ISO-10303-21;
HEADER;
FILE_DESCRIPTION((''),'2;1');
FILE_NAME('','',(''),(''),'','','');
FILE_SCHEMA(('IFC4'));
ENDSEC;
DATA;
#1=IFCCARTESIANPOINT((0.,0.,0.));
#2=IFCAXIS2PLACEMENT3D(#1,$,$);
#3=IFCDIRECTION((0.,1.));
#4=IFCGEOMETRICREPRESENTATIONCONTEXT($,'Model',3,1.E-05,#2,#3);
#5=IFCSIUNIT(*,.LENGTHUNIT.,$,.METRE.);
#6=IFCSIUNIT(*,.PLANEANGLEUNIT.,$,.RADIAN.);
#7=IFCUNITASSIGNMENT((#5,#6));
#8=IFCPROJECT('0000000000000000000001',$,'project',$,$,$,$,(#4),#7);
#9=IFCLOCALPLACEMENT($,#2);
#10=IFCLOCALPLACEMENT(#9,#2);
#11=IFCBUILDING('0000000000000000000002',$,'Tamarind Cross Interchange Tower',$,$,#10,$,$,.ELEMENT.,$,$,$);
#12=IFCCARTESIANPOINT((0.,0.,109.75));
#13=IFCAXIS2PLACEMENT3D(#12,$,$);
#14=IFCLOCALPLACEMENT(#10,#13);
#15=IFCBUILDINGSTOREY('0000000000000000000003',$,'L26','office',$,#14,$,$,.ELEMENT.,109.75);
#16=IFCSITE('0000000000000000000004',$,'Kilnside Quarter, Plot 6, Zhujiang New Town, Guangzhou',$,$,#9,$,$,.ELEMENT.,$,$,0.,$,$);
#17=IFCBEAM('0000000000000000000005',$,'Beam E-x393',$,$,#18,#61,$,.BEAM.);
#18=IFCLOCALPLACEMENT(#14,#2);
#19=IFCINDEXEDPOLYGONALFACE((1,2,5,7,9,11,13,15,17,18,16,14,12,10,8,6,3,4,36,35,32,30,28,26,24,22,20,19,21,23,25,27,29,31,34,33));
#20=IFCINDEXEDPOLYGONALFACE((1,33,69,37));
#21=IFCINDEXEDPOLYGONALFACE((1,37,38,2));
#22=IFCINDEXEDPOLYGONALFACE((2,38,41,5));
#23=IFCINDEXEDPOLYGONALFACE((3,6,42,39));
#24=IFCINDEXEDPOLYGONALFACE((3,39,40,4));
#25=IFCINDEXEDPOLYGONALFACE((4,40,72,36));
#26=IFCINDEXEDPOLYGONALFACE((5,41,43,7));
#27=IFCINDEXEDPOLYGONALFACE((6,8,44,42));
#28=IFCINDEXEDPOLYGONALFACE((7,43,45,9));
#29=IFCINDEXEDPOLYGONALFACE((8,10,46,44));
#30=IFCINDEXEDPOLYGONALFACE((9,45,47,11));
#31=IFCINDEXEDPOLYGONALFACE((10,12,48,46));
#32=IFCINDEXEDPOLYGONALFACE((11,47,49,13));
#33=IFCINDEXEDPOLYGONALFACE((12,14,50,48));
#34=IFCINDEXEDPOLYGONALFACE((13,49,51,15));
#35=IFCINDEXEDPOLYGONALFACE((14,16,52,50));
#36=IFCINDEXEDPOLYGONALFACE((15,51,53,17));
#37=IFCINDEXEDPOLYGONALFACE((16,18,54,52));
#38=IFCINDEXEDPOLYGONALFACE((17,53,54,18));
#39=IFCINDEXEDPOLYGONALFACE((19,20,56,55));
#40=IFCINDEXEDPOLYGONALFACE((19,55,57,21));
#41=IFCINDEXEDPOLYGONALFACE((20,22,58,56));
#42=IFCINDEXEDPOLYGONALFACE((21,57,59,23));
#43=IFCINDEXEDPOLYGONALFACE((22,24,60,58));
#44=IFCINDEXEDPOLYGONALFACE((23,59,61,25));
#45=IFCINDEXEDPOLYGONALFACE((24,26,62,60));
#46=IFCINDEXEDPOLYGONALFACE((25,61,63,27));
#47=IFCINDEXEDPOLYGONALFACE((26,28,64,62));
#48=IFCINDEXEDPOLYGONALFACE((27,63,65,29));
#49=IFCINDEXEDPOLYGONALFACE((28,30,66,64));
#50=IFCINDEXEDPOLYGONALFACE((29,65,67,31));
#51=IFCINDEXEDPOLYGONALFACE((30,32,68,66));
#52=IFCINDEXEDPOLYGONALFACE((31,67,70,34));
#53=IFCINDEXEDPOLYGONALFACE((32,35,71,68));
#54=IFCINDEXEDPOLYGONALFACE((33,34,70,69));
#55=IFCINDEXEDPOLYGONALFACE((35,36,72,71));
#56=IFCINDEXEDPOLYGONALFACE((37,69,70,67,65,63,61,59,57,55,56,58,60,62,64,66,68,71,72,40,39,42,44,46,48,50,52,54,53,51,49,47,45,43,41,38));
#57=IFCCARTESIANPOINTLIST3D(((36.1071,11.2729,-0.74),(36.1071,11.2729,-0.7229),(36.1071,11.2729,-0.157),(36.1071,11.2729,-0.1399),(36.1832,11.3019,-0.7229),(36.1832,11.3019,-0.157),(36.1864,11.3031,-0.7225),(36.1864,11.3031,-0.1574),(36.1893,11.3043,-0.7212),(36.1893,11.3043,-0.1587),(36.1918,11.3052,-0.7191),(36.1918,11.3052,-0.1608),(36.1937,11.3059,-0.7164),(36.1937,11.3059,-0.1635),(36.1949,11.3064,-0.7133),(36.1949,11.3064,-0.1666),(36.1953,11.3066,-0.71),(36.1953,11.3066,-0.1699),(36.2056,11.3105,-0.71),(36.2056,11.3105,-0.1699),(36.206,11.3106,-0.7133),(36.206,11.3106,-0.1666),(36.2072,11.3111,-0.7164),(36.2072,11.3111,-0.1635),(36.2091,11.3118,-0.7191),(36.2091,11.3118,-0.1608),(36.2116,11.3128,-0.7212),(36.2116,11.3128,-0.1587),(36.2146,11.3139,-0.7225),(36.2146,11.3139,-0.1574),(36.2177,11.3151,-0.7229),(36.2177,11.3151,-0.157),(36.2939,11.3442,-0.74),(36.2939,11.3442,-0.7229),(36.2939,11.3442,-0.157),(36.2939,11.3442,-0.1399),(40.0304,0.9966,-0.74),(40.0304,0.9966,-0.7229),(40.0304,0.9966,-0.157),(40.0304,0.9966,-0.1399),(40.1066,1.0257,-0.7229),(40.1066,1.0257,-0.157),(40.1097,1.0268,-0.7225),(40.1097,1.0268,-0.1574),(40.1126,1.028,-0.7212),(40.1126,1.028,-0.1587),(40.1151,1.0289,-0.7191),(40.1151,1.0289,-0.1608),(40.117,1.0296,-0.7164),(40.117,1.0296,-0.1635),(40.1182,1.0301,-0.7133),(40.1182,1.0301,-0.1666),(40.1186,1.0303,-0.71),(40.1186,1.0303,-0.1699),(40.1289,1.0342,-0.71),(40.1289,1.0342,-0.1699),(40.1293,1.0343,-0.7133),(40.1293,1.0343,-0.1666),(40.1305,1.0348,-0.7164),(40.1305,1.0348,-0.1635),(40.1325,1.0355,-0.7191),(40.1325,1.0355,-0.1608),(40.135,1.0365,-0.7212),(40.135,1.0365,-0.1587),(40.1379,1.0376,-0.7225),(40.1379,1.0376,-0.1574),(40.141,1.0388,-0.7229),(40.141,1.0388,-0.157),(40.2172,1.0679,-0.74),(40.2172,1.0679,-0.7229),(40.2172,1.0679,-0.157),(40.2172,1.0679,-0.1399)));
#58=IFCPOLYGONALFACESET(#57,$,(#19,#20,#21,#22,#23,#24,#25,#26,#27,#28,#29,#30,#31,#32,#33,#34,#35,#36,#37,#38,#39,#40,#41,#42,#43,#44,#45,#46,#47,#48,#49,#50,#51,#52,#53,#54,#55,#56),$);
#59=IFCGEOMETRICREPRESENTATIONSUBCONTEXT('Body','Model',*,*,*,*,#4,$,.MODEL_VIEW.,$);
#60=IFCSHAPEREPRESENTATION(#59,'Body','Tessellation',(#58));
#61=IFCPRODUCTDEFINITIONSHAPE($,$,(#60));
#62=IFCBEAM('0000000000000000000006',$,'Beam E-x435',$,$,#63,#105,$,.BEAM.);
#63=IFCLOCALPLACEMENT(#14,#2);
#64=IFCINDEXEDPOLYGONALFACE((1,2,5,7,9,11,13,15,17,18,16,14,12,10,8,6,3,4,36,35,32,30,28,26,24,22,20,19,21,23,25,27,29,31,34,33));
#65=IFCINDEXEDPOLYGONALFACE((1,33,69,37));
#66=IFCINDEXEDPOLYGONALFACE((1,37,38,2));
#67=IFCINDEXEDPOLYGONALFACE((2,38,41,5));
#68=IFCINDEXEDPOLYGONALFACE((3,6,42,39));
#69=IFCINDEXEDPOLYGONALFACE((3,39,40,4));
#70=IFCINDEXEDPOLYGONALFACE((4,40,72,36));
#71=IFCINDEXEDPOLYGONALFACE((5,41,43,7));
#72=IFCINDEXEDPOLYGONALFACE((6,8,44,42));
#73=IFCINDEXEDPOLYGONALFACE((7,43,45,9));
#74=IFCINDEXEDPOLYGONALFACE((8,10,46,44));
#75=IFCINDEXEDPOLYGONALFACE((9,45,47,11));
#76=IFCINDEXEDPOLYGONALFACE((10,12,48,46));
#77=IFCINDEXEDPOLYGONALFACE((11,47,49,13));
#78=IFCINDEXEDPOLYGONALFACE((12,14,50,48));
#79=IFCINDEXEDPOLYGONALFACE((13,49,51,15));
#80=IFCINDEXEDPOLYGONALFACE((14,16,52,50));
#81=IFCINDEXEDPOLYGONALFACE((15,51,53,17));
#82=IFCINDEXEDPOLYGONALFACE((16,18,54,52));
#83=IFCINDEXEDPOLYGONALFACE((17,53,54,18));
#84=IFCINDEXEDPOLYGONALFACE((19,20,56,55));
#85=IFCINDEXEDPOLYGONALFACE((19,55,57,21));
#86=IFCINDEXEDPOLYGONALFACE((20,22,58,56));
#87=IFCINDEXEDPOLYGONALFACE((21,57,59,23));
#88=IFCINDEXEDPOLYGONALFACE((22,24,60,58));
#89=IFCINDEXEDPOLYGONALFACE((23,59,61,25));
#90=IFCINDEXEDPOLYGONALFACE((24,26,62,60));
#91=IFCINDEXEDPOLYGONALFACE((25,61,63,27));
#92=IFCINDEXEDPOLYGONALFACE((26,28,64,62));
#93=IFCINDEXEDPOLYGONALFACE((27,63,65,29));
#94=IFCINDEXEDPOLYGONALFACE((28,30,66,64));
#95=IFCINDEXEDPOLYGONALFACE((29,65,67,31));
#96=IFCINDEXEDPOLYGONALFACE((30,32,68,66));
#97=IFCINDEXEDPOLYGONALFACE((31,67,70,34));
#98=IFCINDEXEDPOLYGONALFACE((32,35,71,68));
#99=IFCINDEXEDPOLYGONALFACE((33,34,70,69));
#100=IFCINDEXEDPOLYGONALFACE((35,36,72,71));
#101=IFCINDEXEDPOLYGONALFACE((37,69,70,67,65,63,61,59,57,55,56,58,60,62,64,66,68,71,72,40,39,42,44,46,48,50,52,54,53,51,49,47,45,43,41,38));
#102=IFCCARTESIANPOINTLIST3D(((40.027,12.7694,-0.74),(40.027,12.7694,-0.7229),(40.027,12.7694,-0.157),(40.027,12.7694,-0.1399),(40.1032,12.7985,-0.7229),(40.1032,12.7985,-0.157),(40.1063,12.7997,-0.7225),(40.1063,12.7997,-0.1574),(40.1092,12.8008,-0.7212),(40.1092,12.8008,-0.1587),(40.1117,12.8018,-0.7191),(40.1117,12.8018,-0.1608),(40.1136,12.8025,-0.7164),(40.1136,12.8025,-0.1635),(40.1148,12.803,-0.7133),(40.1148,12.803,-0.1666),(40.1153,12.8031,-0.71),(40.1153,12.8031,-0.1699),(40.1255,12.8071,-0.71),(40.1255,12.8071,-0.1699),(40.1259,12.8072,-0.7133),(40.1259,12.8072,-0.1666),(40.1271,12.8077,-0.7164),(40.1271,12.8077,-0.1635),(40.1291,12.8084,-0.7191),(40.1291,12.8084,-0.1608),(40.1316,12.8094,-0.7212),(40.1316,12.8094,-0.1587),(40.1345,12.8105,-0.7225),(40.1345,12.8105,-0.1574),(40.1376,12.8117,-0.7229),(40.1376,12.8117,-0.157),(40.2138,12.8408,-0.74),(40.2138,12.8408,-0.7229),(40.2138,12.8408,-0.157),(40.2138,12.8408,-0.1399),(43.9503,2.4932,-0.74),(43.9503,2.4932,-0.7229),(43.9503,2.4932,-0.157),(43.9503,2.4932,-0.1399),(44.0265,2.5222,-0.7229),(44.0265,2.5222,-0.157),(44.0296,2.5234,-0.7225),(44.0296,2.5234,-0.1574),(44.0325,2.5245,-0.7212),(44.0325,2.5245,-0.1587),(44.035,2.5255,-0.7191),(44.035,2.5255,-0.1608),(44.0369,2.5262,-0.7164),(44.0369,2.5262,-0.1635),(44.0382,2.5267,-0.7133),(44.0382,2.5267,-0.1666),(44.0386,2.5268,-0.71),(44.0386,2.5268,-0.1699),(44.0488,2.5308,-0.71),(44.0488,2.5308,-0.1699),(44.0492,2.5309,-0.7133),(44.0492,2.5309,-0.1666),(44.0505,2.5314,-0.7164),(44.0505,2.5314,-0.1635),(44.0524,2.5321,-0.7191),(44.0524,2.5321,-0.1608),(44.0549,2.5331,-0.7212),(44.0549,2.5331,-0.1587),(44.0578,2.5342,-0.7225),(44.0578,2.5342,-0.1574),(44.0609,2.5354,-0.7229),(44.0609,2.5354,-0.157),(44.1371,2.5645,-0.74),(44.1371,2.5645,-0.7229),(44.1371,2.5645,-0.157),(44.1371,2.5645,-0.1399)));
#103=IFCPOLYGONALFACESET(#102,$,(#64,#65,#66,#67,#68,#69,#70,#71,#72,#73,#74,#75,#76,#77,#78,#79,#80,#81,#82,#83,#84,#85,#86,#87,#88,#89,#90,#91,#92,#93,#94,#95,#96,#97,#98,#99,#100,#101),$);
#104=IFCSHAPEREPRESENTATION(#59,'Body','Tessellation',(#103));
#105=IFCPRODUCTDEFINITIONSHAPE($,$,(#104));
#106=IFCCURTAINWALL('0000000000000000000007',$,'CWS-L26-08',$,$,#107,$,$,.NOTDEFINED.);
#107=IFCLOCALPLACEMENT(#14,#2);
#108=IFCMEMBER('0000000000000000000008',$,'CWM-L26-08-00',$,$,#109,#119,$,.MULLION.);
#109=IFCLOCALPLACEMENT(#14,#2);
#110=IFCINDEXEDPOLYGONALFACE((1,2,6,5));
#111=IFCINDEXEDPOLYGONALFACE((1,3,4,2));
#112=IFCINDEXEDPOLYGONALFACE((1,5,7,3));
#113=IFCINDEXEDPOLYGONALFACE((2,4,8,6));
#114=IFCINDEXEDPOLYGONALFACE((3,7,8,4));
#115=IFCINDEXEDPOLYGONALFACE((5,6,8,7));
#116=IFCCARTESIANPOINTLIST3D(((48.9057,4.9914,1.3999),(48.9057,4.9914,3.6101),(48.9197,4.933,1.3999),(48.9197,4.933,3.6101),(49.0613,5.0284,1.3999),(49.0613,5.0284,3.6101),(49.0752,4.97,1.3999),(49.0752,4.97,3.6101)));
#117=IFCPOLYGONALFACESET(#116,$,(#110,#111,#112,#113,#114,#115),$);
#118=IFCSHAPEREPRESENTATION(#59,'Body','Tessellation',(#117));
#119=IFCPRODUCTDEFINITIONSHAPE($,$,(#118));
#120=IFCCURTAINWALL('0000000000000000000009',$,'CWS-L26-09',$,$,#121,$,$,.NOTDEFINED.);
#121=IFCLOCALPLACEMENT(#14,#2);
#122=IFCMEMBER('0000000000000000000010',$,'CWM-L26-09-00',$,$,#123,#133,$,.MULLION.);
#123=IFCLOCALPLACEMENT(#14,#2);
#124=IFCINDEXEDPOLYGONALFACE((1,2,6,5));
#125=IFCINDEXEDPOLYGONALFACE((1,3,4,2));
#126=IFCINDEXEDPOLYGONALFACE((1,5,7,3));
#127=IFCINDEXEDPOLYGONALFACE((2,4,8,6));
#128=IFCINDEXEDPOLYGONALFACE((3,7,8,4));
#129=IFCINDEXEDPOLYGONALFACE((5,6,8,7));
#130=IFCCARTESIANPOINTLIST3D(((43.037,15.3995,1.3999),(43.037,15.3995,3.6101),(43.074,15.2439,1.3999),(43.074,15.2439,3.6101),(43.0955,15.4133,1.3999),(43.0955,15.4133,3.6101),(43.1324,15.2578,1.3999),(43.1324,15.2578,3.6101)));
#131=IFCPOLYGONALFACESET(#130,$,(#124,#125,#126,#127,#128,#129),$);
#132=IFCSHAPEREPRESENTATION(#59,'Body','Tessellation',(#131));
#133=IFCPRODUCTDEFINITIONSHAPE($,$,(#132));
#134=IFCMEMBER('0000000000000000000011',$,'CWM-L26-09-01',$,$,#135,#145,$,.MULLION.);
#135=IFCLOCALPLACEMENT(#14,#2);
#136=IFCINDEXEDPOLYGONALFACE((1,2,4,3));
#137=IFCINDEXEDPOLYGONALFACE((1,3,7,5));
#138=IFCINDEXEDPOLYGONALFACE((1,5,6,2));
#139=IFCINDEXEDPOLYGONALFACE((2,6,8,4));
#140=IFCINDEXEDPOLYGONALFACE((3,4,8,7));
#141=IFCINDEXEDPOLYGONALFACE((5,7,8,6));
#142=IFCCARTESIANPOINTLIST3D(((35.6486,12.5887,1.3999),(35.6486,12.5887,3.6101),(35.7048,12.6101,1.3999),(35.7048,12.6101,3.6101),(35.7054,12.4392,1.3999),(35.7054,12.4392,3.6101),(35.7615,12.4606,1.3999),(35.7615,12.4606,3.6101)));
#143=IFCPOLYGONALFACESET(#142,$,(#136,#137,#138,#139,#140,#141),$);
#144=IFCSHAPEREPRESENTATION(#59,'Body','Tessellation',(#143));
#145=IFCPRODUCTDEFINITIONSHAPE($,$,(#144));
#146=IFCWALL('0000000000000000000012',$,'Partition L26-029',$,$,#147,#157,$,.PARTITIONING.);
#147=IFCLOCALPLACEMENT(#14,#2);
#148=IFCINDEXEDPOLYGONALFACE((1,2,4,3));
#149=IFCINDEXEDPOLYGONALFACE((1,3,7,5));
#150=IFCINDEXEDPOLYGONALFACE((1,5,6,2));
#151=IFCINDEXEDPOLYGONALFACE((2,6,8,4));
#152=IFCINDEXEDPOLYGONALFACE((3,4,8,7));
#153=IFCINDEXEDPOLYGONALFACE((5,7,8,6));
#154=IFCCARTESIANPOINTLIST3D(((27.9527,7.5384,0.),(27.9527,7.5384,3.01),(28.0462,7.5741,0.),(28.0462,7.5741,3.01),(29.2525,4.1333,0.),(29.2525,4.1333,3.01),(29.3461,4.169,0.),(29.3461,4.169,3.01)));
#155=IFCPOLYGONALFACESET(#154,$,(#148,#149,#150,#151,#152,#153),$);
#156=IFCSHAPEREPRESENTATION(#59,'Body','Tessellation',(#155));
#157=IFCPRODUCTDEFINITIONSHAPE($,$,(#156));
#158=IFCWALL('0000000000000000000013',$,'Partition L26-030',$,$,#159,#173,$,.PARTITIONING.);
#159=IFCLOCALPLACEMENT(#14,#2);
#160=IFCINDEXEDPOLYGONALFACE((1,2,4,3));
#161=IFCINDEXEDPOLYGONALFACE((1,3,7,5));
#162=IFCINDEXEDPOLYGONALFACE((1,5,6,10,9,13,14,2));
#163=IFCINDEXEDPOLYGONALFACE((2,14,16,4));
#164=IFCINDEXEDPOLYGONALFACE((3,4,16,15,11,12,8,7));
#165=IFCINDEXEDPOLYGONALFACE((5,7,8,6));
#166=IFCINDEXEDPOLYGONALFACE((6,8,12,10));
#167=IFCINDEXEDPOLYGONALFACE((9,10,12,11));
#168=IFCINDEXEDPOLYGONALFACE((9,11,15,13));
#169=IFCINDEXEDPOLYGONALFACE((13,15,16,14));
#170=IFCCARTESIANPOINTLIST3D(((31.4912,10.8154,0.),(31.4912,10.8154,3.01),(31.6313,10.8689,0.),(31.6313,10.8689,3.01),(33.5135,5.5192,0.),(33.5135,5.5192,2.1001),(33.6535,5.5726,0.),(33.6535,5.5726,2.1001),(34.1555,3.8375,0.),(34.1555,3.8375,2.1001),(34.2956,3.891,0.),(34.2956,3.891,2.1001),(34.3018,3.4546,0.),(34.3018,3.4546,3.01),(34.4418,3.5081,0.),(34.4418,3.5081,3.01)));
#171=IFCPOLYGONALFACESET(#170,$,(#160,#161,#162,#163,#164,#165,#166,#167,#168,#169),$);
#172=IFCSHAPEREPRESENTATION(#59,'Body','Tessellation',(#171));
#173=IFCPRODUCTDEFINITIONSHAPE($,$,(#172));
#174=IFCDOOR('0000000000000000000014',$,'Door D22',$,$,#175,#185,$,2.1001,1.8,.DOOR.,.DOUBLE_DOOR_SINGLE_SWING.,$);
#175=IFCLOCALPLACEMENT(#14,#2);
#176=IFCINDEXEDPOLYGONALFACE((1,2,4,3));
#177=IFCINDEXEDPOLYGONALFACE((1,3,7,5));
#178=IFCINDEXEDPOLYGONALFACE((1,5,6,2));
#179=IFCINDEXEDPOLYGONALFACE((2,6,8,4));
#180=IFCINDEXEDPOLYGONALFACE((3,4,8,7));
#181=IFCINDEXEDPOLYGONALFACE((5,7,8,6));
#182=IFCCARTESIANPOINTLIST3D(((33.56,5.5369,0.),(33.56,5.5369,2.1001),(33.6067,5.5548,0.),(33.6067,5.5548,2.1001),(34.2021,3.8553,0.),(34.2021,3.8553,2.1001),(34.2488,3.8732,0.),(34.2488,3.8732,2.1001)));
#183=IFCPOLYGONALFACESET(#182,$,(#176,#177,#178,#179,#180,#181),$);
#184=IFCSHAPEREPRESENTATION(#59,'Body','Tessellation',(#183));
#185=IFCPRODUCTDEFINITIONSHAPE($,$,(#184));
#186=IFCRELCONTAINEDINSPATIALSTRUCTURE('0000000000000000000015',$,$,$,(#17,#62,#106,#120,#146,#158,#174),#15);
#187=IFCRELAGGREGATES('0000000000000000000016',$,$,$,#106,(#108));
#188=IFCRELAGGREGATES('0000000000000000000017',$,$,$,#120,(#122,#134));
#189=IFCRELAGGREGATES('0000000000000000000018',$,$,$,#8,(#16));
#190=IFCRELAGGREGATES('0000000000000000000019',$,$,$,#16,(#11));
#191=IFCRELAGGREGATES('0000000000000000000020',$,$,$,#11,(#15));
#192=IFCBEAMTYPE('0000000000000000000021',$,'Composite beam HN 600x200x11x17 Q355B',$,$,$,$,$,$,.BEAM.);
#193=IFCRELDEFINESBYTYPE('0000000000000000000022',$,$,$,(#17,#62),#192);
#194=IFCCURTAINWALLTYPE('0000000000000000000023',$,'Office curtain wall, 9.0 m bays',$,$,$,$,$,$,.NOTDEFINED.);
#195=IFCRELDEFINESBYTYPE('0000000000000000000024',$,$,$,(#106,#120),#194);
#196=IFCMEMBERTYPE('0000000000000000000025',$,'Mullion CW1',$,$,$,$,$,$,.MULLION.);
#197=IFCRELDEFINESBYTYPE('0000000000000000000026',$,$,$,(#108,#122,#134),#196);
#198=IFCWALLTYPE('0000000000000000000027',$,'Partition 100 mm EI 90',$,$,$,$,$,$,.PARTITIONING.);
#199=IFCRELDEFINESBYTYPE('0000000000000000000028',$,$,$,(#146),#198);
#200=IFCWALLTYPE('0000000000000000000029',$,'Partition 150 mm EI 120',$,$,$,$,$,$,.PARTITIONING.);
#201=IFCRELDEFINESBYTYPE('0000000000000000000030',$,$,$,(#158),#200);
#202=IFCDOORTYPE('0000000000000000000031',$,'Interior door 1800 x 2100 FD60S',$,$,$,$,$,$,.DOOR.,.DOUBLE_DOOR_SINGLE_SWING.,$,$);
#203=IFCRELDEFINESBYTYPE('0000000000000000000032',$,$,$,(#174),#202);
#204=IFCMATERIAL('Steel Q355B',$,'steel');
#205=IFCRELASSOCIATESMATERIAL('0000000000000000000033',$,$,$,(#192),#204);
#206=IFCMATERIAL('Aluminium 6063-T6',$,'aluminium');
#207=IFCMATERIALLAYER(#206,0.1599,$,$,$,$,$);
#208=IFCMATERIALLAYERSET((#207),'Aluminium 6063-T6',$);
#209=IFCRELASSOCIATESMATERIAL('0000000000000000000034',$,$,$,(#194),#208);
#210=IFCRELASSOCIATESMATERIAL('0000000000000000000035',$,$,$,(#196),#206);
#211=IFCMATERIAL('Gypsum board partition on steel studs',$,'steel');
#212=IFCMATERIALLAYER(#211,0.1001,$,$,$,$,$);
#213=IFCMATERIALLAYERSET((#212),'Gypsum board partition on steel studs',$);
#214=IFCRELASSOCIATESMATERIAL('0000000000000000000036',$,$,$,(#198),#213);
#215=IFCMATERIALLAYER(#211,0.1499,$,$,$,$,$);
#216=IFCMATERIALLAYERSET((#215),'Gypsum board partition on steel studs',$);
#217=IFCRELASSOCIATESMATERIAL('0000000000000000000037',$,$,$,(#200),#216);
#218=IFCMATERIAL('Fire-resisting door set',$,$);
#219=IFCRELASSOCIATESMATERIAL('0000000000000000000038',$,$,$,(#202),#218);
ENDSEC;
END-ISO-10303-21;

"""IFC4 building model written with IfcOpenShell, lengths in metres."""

from ifc_helpers import new_model, si_unit, direction, frame, frame_2d, origin, origin_2d, place, context, subcontext, project, spatial, rectangle, i_section, extrude, material, layer, layer_set, material_profile, profile_set, type_object, element, fill, aggregate, save


model = new_model("IFC4")

# Units and contexts
model_context = context("Model", 3, precision=1e-05, world=origin(), true_north=direction((0.0, 1.0)))
body_context = subcontext(model_context, "Body", "Model", "MODEL_VIEW")
ifc_project = project(units=[si_unit("LENGTHUNIT", "METRE"), si_unit("PLANEANGLEUNIT", "RADIAN")], contexts=[model_context])

# Site, building, storey
site_placement = place(None, origin())
site = spatial("IfcSite", under=ifc_project, at=site_placement, Name="Kilnside Quarter, Plot 6, Zhujiang New Town, Guangzhou", CompositionType="ELEMENT", RefElevation=0.0)
building_placement = place(site_placement, origin())
building = spatial("IfcBuilding", under=site, at=building_placement, Name="Tamarind Cross Interchange Tower", CompositionType="ELEMENT")
storey_placement = place(building_placement, frame((0.0, 0.0, 109.75)))
storey = spatial("IfcBuildingStorey", under=building, at=storey_placement, Name="L26", Description="office", CompositionType="ELEMENT", Elevation=109.75)

# Beams
ifc_material_1 = material(Name="Steel Q355B", Category="steel")
ifc_material_profile_1 = material_profile(ifc_material_1, i_section(OverallWidth=0.2, OverallDepth=0.6001, WebThickness=0.011, FlangeThickness=0.0171, FilletRadius=0.0129, at=origin_2d()), Name="HN 600x200x11x17")
ifc_profile_set_1 = profile_set([ifc_material_profile_1], Name="Steel Q355B")
beam_type_1 = type_object("IfcBeamType", Name="Composite beam HN 600x200x11x17 Q355B", PredefinedType="BEAM", material=ifc_profile_set_1)
for number, where, z_axis, x_axis, name in (
    (1, (40.1238, 1.0322, -0.4399), (-0.356673, 0.934229, 0.0), (-0.934229, -0.356673, 0.0), "Beam E-x393"),
    (2, (44.0437, 2.5288, -0.4399), (-0.356673, 0.934229, 0.0), (-0.934229, -0.356673, 0.0), "Beam E-x435"),
):
    element("IfcBeam", number, at=place(storey_placement, frame(where, z_axis=z_axis, x_axis=x_axis)), inside=storey, type_object=beam_type_1, Name=name, PredefinedType="BEAM", context=body_context, shape_type="SweptSolid", body=[
        extrude(i_section(OverallWidth=0.2, OverallDepth=0.6001, WebThickness=0.011, FlangeThickness=0.0171, FilletRadius=0.0129, at=origin_2d()), origin(), (0.0, 0.0, 1.0), 10.9998),
    ])

# Curtain wall, member
ifc_material_2 = material(Name="Aluminium 6063-T6", Category="aluminium")
ifc_layer_1 = layer(ifc_material_2, 0.1599)
ifc_layer_set_1 = layer_set([ifc_layer_1], Name="Aluminium 6063-T6")
curtain_wall_type = type_object("IfcCurtainWallType", Name="Office curtain wall, 9.0 m bays", PredefinedType="NOTDEFINED", material=ifc_layer_set_1)
curtain_wall_1_placement = place(storey_placement, origin())
curtain_wall_1 = element("IfcCurtainWall", 3, at=curtain_wall_1_placement, inside=storey, type_object=curtain_wall_type, Name="CWS-L26-08", PredefinedType="NOTDEFINED")
ifc_material_profile_2 = material_profile(ifc_material_2, rectangle(XDim=0.0601, YDim=0.1599, at=origin_2d()), Name="Mullion CW1")
ifc_profile_set_2 = profile_set([ifc_material_profile_2], Name="Aluminium 6063-T6")
member_type = type_object("IfcMemberType", Name="Mullion CW1", PredefinedType="MULLION", material=ifc_profile_set_2)
member_1_placement = place(storey_placement, frame((48.9905, 4.9807, 1.3999), z_axis=(0.0, 0.0, 1.0), x_axis=(-0.23168, 0.972792, 0.0)))
member_1 = element("IfcMember", 4, at=member_1_placement, type_object=member_type, Name="CWM-L26-08-00", PredefinedType="MULLION", context=body_context, shape_type="SweptSolid", body=[
    extrude(rectangle(XDim=0.0601, YDim=0.1599, at=origin_2d()), origin(), (0.0, 0.0, 1.0), 2.2102),
])
aggregate(curtain_wall_1, [member_1])

# Curtain wall, members
curtain_wall_2_placement = place(storey_placement, origin())
curtain_wall_2 = element("IfcCurtainWall", 5, at=curtain_wall_2_placement, inside=storey, type_object=curtain_wall_type, Name="CWS-L26-09", PredefinedType="NOTDEFINED")
member_2_placement = place(storey_placement, frame((43.0847, 15.3286, 1.3999), z_axis=(0.0, 0.0, 1.0), x_axis=(-0.972976, -0.230906, 0.0)))
member_2 = element("IfcMember", 6, at=member_2_placement, type_object=member_type, Name="CWM-L26-09-00", PredefinedType="MULLION", context=body_context, shape_type="SweptSolid", body=[
    extrude(rectangle(XDim=0.0601, YDim=0.1599, at=origin_2d()), origin(), (0.0, 0.0, 1.0), 2.2102),
])
member_3_placement = place(storey_placement, frame((35.7051, 12.5247, 1.3999), z_axis=(0.0, 0.0, 1.0), x_axis=(-0.934796, -0.355186, 0.0)))
member_3 = element("IfcMember", 7, at=member_3_placement, type_object=member_type, Name="CWM-L26-09-01", PredefinedType="MULLION", context=body_context, shape_type="SweptSolid", body=[
    extrude(rectangle(XDim=0.0601, YDim=0.1599, at=origin_2d()), origin(), (0.0, 0.0, 1.0), 2.2102),
])
aggregate(curtain_wall_2, [member_2, member_3])

# Wall
ifc_material_3 = material(Name="Gypsum board partition on steel studs", Category="steel")
ifc_layer_2 = layer(ifc_material_3, 0.1001)
ifc_layer_set_2 = layer_set([ifc_layer_2], Name="Gypsum board partition on steel studs")
wall_type_1 = type_object("IfcWallType", Name="Partition 100 mm EI 90", PredefinedType="PARTITIONING", material=ifc_layer_set_2)
wall_1_placement = place(storey_placement, frame((27.9995, 7.5562, 0.0), z_axis=(0.0, 0.0, 1.0), x_axis=(0.35663, -0.934246, 0.0)))
element("IfcWall", 8, at=wall_1_placement, inside=storey, type_object=wall_type_1, Name="Partition L26-029", PredefinedType="PARTITIONING", context=body_context, shape_type="SweptSolid", body=[
    extrude(rectangle(XDim=3.6448, YDim=0.1001, at=frame_2d((1.8223, 0.0))), origin(), (0.0, 0.0, 1.0), 3.01),
])

# Wall, opening, door
ifc_layer_3 = layer(ifc_material_3, 0.1499)
ifc_layer_set_3 = layer_set([ifc_layer_3], Name="Gypsum board partition on steel studs")
wall_type_2 = type_object("IfcWallType", Name="Partition 150 mm EI 120", PredefinedType="PARTITIONING", material=ifc_layer_set_3)
wall_2_placement = place(storey_placement, frame((31.5613, 10.842, 0.0), z_axis=(0.0, 0.0, 1.0), x_axis=(0.356706, -0.934217, 0.0)))
wall_2 = element("IfcWall", 9, at=wall_2_placement, inside=storey, type_object=wall_type_2, Name="Partition L26-030", PredefinedType="PARTITIONING", context=body_context, shape_type="SweptSolid", body=[
    extrude(rectangle(XDim=7.8792, YDim=0.1499, at=frame_2d((3.9395, 0.0))), origin(), (0.0, 0.0, 1.0), 3.01),
])
opening_1_placement = place(wall_2_placement, frame((5.6692, 0.0, 0.0)))
opening_1 = element("IfcOpeningElement", 10, at=opening_1_placement, cuts=wall_2, PredefinedType="OPENING", context=body_context, shape_type="SweptSolid", body=[
    extrude(rectangle(XDim=1.8, YDim=2.1001, at=frame_2d((0.8999, 1.05))), frame((0.0, 0.085, 0.0), z_axis=(0.0, -1.0, 0.0), x_axis=(1.0, 0.0, 0.0)), (0.0, 0.0, 1.0), 0.1699),
])
ifc_material_4 = material(Name="Fire-resisting door set")
door_type_1 = type_object("IfcDoorType", Name="Interior door 1800 x 2100 FD60S", OperationType="DOUBLE_DOOR_SINGLE_SWING", PredefinedType="DOOR", material=ifc_material_4)
door_1_placement = place(opening_1_placement, origin())
door_1 = element("IfcDoor", 11, at=door_1_placement, inside=storey, type_object=door_type_1, Name="Door D22", OperationType="DOUBLE_DOOR_SINGLE_SWING", OverallHeight=2.1001, OverallWidth=1.8, PredefinedType="DOOR", context=body_context, shape_type="SweptSolid", body=[
    extrude(rectangle(XDim=1.8, YDim=2.1001, at=frame_2d((0.8999, 1.05))), frame((0.0, 0.0249, 0.0), z_axis=(0.0, -1.0, 0.0), x_axis=(1.0, 0.0, 0.0)), (0.0, 0.0, 1.0), 0.05),
])
fill(opening_1, door_1)

save(model, "model.ifc")
